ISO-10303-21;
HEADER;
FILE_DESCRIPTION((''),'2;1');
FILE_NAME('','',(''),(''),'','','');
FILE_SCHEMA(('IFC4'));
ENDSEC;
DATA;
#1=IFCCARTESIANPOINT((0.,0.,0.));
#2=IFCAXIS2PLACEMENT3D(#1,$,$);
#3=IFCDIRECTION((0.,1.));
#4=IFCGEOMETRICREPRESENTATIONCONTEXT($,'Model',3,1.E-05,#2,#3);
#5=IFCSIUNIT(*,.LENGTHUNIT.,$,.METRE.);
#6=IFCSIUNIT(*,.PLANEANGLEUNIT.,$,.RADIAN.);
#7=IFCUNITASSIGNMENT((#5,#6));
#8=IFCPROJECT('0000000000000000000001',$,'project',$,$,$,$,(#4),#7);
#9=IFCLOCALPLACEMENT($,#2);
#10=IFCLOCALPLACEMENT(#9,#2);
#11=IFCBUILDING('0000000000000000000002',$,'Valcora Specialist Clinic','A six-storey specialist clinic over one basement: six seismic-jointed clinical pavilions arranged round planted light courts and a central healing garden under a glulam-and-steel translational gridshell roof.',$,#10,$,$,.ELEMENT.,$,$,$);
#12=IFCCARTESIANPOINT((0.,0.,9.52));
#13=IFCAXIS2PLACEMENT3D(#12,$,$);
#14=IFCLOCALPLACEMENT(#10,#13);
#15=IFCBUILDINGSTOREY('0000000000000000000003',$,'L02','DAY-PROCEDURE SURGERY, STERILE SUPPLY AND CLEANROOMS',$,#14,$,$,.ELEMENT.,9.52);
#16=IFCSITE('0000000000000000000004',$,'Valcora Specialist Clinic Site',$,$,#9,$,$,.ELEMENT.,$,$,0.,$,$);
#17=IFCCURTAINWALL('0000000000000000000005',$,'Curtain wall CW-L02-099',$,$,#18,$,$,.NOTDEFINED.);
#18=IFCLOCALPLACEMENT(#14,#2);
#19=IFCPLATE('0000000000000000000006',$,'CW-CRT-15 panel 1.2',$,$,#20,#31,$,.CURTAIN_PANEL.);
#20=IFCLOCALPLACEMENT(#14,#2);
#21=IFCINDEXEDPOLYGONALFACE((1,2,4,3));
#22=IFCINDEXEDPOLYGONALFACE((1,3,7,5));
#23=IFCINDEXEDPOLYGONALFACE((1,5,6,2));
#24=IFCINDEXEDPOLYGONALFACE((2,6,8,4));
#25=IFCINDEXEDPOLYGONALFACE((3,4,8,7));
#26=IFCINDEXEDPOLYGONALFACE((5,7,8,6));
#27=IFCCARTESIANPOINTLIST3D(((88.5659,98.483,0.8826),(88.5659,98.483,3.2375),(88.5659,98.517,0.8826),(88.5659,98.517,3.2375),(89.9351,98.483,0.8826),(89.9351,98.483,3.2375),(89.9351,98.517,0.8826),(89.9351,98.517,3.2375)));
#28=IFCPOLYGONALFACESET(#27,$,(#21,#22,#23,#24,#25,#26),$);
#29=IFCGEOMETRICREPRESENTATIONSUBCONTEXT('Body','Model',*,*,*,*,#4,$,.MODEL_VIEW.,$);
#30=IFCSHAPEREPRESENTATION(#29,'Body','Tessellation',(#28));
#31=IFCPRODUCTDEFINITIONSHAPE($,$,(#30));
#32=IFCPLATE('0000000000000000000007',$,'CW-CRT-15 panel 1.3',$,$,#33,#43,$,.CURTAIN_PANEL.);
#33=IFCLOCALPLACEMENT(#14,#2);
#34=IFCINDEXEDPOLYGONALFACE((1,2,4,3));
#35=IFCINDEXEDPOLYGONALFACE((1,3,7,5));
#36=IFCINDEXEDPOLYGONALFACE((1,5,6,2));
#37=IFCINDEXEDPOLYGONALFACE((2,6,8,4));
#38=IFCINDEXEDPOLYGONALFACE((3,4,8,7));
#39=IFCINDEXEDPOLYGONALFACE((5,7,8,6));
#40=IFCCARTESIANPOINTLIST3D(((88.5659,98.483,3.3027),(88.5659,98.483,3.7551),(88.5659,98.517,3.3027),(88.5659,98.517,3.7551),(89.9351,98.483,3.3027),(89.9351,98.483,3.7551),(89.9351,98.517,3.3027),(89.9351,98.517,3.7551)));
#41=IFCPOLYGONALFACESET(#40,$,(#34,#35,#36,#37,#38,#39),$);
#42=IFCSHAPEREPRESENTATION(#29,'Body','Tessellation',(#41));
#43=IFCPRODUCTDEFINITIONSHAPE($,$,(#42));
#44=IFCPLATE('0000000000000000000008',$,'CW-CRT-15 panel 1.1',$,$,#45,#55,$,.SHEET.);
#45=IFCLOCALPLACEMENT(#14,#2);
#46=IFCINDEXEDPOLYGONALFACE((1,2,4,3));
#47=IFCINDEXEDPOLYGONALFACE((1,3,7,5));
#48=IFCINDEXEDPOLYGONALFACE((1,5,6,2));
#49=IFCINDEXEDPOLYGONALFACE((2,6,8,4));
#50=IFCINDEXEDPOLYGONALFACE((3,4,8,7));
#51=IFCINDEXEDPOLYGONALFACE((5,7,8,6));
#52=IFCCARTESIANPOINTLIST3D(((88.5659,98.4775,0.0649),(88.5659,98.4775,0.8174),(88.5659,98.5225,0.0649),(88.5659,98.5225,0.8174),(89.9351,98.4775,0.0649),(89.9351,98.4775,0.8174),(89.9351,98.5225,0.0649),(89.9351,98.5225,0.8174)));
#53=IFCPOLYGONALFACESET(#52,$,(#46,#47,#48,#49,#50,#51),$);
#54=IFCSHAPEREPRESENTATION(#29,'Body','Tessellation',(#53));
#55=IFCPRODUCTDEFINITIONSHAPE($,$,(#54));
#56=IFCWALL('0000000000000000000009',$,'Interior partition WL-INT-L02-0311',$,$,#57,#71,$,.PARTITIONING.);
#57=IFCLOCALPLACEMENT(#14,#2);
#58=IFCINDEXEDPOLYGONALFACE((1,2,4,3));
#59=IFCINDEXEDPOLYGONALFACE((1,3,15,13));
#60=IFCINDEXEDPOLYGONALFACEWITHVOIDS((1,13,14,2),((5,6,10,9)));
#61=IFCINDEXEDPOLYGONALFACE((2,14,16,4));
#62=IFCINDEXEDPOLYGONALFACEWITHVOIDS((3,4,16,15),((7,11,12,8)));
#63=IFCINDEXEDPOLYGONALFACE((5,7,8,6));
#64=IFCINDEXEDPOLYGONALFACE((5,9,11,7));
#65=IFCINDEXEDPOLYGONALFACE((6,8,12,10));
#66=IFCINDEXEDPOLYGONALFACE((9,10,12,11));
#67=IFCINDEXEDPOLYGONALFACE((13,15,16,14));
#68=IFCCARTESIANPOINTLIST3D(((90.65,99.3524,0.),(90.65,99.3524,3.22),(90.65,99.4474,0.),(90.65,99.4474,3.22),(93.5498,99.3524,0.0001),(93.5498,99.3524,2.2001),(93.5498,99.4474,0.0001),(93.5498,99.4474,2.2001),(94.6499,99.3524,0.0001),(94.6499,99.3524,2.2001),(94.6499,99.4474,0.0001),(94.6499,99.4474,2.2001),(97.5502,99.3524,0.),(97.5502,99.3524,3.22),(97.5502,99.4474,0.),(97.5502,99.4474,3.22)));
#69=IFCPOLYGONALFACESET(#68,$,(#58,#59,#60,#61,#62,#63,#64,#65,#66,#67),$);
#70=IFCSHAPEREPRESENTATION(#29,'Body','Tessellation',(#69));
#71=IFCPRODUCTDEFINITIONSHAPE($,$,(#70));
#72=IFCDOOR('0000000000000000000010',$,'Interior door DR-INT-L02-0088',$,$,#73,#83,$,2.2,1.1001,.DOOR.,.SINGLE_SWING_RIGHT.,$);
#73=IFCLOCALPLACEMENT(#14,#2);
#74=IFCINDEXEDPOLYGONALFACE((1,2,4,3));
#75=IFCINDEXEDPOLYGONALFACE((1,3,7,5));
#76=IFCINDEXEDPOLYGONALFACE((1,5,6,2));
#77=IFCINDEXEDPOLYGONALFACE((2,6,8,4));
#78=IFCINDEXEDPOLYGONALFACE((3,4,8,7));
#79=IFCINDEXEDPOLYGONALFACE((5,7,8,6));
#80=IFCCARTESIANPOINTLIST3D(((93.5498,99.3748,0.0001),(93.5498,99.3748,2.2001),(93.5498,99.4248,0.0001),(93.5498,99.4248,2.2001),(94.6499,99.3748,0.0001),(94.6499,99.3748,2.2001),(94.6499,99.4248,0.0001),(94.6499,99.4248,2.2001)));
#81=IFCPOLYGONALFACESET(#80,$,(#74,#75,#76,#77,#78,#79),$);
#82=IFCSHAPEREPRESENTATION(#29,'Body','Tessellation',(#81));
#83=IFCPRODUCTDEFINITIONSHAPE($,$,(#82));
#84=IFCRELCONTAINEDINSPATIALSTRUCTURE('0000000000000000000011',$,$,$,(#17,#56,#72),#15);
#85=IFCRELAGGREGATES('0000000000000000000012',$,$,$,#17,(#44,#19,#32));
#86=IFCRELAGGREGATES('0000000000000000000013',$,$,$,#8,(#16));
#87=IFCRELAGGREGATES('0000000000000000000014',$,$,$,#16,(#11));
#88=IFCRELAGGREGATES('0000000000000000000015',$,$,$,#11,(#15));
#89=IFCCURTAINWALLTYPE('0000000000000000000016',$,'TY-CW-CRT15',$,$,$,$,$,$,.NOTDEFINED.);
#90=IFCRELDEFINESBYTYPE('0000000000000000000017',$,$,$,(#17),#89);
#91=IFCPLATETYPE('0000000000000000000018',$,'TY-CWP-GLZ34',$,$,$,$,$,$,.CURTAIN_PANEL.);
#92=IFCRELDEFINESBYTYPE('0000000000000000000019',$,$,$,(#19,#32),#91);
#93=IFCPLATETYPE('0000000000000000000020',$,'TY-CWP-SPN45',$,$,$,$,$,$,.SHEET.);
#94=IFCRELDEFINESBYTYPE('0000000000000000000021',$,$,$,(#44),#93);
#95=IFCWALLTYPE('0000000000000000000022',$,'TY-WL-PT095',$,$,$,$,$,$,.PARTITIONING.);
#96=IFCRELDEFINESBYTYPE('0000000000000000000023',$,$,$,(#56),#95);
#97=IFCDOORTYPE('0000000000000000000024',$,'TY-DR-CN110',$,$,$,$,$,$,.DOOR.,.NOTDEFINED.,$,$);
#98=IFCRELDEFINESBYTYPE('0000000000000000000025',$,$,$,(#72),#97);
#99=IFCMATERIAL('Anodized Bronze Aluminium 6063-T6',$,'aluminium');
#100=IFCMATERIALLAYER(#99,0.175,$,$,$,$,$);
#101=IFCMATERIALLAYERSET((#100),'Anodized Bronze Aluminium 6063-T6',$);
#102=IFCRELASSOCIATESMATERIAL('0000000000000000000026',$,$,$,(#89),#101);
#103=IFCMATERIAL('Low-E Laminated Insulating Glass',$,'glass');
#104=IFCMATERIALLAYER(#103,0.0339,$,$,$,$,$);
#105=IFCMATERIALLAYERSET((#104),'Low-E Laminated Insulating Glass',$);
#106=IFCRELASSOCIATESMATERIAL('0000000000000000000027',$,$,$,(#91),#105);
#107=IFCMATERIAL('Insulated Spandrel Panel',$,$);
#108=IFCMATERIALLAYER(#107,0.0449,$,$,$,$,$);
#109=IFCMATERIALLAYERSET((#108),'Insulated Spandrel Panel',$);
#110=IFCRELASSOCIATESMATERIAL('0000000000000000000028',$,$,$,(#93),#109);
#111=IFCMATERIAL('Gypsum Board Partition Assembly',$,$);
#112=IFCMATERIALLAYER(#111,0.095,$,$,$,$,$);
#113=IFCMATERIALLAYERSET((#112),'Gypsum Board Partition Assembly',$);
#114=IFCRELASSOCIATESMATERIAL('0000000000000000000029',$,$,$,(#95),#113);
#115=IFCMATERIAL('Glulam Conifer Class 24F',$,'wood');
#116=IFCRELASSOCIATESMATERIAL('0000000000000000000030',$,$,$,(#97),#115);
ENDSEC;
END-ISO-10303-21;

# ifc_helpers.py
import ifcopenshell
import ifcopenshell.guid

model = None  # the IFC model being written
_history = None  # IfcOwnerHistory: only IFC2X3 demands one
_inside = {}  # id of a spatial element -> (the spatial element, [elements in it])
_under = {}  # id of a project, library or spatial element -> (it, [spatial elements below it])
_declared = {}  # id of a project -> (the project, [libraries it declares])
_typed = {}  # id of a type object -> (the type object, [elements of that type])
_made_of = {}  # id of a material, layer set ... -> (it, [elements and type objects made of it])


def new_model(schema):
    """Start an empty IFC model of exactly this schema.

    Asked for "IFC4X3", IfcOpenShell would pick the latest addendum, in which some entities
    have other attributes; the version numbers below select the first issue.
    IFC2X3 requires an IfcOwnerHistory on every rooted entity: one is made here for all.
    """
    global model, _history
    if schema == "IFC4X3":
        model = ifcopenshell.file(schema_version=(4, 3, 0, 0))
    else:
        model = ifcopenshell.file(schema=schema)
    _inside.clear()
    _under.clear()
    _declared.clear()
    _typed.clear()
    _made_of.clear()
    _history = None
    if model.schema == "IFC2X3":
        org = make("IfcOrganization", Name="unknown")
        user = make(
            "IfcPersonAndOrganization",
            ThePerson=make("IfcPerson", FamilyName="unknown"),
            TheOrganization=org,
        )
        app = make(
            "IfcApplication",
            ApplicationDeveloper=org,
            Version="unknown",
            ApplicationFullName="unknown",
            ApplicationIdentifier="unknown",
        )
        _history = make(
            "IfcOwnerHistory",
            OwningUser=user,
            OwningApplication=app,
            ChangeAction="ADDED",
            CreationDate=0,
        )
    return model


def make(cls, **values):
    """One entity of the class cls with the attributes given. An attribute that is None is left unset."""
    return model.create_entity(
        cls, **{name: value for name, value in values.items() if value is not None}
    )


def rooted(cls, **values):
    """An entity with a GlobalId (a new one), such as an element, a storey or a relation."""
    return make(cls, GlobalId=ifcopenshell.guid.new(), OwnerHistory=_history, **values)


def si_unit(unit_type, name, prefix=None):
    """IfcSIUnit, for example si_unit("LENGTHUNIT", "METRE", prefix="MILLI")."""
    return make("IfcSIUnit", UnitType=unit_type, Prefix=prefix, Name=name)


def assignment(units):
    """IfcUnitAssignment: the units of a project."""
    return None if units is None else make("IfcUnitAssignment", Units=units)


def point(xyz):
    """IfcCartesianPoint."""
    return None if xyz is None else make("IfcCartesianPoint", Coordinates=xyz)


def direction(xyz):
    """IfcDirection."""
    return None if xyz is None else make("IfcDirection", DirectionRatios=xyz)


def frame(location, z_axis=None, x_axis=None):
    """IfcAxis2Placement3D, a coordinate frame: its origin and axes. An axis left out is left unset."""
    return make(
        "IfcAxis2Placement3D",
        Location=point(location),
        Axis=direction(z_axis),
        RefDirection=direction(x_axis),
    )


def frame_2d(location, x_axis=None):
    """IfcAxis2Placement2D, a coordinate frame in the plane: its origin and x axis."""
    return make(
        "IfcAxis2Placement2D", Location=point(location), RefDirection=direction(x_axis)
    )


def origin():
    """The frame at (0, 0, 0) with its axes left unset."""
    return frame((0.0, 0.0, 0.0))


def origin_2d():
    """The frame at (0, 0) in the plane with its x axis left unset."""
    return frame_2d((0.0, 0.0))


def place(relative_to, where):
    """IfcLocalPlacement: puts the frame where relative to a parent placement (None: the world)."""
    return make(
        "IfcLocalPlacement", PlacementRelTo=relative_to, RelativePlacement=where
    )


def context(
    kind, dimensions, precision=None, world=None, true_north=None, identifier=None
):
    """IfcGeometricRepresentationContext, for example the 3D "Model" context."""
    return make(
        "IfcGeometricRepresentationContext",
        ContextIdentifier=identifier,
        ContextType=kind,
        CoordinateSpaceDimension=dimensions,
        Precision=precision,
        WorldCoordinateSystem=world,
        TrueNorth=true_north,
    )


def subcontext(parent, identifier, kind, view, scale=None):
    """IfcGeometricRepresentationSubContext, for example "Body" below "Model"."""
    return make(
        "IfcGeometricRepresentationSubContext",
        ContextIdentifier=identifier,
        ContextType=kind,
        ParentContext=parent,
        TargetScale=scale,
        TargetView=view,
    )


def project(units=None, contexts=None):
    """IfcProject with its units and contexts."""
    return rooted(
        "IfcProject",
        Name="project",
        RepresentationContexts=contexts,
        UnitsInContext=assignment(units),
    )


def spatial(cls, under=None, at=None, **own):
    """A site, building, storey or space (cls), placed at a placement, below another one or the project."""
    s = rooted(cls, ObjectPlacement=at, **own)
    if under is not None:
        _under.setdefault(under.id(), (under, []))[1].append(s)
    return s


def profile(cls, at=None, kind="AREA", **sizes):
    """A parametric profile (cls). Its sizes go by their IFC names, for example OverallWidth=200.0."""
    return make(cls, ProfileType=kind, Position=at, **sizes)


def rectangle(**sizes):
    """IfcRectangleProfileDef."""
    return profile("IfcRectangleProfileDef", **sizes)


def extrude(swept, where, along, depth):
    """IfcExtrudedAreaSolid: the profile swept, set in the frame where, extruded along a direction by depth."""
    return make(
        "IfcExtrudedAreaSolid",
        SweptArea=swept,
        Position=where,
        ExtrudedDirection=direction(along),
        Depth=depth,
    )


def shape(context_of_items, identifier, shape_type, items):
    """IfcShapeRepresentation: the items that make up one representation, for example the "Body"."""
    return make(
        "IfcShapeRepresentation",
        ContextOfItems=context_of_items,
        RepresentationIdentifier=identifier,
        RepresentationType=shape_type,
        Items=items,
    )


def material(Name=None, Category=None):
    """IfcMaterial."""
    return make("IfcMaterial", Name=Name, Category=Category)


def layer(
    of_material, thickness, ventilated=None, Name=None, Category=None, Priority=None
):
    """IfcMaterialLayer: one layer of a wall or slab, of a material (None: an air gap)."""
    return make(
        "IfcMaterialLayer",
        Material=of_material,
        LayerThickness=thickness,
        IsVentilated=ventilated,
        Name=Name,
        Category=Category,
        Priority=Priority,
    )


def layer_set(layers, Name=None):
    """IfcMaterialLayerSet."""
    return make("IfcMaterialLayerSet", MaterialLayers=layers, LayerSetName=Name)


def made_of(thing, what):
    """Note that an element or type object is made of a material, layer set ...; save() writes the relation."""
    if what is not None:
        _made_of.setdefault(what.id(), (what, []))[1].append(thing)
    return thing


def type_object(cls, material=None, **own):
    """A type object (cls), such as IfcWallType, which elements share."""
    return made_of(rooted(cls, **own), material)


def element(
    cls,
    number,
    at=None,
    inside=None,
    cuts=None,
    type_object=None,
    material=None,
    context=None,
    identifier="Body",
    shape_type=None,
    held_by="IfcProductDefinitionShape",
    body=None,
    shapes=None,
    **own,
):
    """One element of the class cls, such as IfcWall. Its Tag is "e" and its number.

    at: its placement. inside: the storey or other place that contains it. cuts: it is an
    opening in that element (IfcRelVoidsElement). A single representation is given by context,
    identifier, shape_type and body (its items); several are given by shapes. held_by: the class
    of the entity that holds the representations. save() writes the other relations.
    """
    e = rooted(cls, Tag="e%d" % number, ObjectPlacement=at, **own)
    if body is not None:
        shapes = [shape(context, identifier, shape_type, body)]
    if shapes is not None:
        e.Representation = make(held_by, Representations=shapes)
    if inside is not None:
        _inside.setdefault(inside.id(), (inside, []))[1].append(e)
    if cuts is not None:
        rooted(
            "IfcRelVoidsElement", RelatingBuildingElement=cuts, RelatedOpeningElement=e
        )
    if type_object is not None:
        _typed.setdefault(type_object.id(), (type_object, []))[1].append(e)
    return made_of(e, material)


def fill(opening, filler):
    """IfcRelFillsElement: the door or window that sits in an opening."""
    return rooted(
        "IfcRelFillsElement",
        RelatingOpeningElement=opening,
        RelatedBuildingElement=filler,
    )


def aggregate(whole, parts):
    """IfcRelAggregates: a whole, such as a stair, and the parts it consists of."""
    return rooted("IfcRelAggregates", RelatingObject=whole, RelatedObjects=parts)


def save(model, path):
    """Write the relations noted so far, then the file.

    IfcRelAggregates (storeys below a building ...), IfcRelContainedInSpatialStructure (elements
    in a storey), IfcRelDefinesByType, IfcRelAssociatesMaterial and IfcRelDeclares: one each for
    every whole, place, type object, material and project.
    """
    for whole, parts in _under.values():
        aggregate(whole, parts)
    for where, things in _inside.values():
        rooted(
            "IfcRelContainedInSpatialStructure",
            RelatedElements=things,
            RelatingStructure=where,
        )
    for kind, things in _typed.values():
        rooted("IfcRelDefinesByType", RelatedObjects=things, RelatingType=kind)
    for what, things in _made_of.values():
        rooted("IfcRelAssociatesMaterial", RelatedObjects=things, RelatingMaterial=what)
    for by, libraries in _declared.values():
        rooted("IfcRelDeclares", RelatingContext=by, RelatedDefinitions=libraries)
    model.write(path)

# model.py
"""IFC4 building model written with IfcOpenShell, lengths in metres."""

from ifc_helpers import new_model, si_unit, direction, frame, frame_2d, origin, origin_2d, place, context, subcontext, project, spatial, rectangle, extrude, material, layer, layer_set, type_object, element, fill, aggregate, save


model = new_model("IFC4")

# Units and contexts
model_context = context("Model", 3, precision=1e-05, world=origin(), true_north=direction((0.0, 1.0)))
body_context = subcontext(model_context, "Body", "Model", "MODEL_VIEW")
ifc_project = project(units=[si_unit("LENGTHUNIT", "METRE"), si_unit("PLANEANGLEUNIT", "RADIAN")], contexts=[model_context])

# Site, building, storey
site_placement = place(None, origin())
site = spatial("IfcSite", under=ifc_project, at=site_placement, Name="Valcora Specialist Clinic Site", CompositionType="ELEMENT", RefElevation=0.0)
building_placement = place(site_placement, origin())
building = spatial("IfcBuilding", under=site, at=building_placement, Name="Valcora Specialist Clinic", Description="A six-storey specialist clinic over one basement: six seismic-jointed clinical pavilions arranged round planted light courts and a central healing garden under a glulam-and-steel translational gridshell roof.", CompositionType="ELEMENT")
storey_placement = place(building_placement, frame((0.0, 0.0, 9.52)))
storey = spatial("IfcBuildingStorey", under=building, at=storey_placement, Name="L02", Description="DAY-PROCEDURE SURGERY, STERILE SUPPLY AND CLEANROOMS", CompositionType="ELEMENT", Elevation=9.52)

# Curtain wall, plates
ifc_material_1 = material(Name="Anodized Bronze Aluminium 6063-T6", Category="aluminium")
ifc_layer_1 = layer(ifc_material_1, 0.175)
ifc_layer_set_1 = layer_set([ifc_layer_1], Name="Anodized Bronze Aluminium 6063-T6")
curtain_wall_type = type_object("IfcCurtainWallType", Name="TY-CW-CRT15", PredefinedType="NOTDEFINED", material=ifc_layer_set_1)
curtain_wall_placement = place(storey_placement, origin())
curtain_wall = element("IfcCurtainWall", 1, at=curtain_wall_placement, inside=storey, type_object=curtain_wall_type, Name="Curtain wall CW-L02-099", PredefinedType="NOTDEFINED")
ifc_material_2 = material(Name="Low-E Laminated Insulating Glass", Category="glass")
ifc_layer_2 = layer(ifc_material_2, 0.0339)
ifc_layer_set_2 = layer_set([ifc_layer_2], Name="Low-E Laminated Insulating Glass")
plate_type_1 = type_object("IfcPlateType", Name="TY-CWP-GLZ34", PredefinedType="CURTAIN_PANEL", material=ifc_layer_set_2)
plate_1_placement = place(storey_placement, frame((89.2505, 98.5, 0.8826), z_axis=(0.0, 0.0, 1.0), x_axis=(-1.0, 0.0, 0.0)))
plate_1 = element("IfcPlate", 2, at=plate_1_placement, type_object=plate_type_1, Name="CW-CRT-15 panel 1.2", PredefinedType="CURTAIN_PANEL", context=body_context, shape_type="SweptSolid", body=[
    extrude(rectangle(XDim=1.3691, YDim=0.0339, at=origin_2d()), origin(), (0.0, 0.0, 1.0), 2.355),
])
plate_2_placement = place(storey_placement, frame((89.2505, 98.5, 3.3027), z_axis=(0.0, 0.0, 1.0), x_axis=(-1.0, 0.0, 0.0)))
plate_2 = element("IfcPlate", 3, at=plate_2_placement, type_object=plate_type_1, Name="CW-CRT-15 panel 1.3", PredefinedType="CURTAIN_PANEL", context=body_context, shape_type="SweptSolid", body=[
    extrude(rectangle(XDim=1.3691, YDim=0.0339, at=origin_2d()), origin(), (0.0, 0.0, 1.0), 0.4524),
])
ifc_material_3 = material(Name="Insulated Spandrel Panel")
ifc_layer_3 = layer(ifc_material_3, 0.0449)
ifc_layer_set_3 = layer_set([ifc_layer_3], Name="Insulated Spandrel Panel")
plate_type_2 = type_object("IfcPlateType", Name="TY-CWP-SPN45", PredefinedType="SHEET", material=ifc_layer_set_3)
plate_3_placement = place(storey_placement, frame((89.2505, 98.5, 0.0649), z_axis=(0.0, 0.0, 1.0), x_axis=(-1.0, 0.0, 0.0)))
plate_3 = element("IfcPlate", 4, at=plate_3_placement, type_object=plate_type_2, Name="CW-CRT-15 panel 1.1", PredefinedType="SHEET", context=body_context, shape_type="SweptSolid", body=[
    extrude(rectangle(XDim=1.3691, YDim=0.0449, at=origin_2d()), origin(), (0.0, 0.0, 1.0), 0.7524),
])
aggregate(curtain_wall, [plate_3, plate_1, plate_2])

# Wall, opening, door
ifc_material_4 = material(Name="Gypsum Board Partition Assembly")
ifc_layer_4 = layer(ifc_material_4, 0.095)
ifc_layer_set_4 = layer_set([ifc_layer_4], Name="Gypsum Board Partition Assembly")
wall_type = type_object("IfcWallType", Name="TY-WL-PT095", PredefinedType="PARTITIONING", material=ifc_layer_set_4)
wall_placement = place(storey_placement, frame((90.6499, 99.3999, 0.0), z_axis=(0.0, 0.0, 1.0), x_axis=(1.0, 0.0, 0.0)))
wall = element("IfcWall", 5, at=wall_placement, inside=storey, type_object=wall_type, Name="Interior partition WL-INT-L02-0311", PredefinedType="PARTITIONING", context=body_context, shape_type="SweptSolid", body=[
    extrude(rectangle(XDim=6.9001, YDim=0.095, at=frame_2d((3.4502, 0.0))), origin(), (0.0, 0.0, 1.0), 3.22),
])
opening_placement = place(wall_placement, frame((2.8999, 0.0, 0.0)))
opening = element("IfcOpeningElement", 6, at=opening_placement, cuts=wall, PredefinedType="OPENING", context=body_context, shape_type="SweptSolid", body=[
    extrude(rectangle(XDim=1.1001, YDim=2.2, at=frame_2d((0.55, 1.1001))), frame((0.0, 0.0574, 0.0), z_axis=(0.0, -1.0, 0.0), x_axis=(1.0, 0.0, 0.0)), (0.0, 0.0, 1.0), 0.115),
])
ifc_material_5 = material(Name="Glulam Conifer Class 24F", Category="wood")
door_type = type_object("IfcDoorType", Name="TY-DR-CN110", OperationType="NOTDEFINED", PredefinedType="DOOR", material=ifc_material_5)
door_placement = place(opening_placement, origin())
door = element("IfcDoor", 7, at=door_placement, inside=storey, type_object=door_type, Name="Interior door DR-INT-L02-0088", OperationType="SINGLE_SWING_RIGHT", OverallHeight=2.2, OverallWidth=1.1001, PredefinedType="DOOR", context=body_context, shape_type="SweptSolid", body=[
    extrude(rectangle(XDim=1.1001, YDim=2.2, at=frame_2d((0.55, 1.1001))), frame((0.0, 0.0249, 0.0), z_axis=(0.0, -1.0, 0.0), x_axis=(1.0, 0.0, 0.0)), (0.0, 0.0, 1.0), 0.05),
])
fill(opening, door)

save(model, "model.ifc")
